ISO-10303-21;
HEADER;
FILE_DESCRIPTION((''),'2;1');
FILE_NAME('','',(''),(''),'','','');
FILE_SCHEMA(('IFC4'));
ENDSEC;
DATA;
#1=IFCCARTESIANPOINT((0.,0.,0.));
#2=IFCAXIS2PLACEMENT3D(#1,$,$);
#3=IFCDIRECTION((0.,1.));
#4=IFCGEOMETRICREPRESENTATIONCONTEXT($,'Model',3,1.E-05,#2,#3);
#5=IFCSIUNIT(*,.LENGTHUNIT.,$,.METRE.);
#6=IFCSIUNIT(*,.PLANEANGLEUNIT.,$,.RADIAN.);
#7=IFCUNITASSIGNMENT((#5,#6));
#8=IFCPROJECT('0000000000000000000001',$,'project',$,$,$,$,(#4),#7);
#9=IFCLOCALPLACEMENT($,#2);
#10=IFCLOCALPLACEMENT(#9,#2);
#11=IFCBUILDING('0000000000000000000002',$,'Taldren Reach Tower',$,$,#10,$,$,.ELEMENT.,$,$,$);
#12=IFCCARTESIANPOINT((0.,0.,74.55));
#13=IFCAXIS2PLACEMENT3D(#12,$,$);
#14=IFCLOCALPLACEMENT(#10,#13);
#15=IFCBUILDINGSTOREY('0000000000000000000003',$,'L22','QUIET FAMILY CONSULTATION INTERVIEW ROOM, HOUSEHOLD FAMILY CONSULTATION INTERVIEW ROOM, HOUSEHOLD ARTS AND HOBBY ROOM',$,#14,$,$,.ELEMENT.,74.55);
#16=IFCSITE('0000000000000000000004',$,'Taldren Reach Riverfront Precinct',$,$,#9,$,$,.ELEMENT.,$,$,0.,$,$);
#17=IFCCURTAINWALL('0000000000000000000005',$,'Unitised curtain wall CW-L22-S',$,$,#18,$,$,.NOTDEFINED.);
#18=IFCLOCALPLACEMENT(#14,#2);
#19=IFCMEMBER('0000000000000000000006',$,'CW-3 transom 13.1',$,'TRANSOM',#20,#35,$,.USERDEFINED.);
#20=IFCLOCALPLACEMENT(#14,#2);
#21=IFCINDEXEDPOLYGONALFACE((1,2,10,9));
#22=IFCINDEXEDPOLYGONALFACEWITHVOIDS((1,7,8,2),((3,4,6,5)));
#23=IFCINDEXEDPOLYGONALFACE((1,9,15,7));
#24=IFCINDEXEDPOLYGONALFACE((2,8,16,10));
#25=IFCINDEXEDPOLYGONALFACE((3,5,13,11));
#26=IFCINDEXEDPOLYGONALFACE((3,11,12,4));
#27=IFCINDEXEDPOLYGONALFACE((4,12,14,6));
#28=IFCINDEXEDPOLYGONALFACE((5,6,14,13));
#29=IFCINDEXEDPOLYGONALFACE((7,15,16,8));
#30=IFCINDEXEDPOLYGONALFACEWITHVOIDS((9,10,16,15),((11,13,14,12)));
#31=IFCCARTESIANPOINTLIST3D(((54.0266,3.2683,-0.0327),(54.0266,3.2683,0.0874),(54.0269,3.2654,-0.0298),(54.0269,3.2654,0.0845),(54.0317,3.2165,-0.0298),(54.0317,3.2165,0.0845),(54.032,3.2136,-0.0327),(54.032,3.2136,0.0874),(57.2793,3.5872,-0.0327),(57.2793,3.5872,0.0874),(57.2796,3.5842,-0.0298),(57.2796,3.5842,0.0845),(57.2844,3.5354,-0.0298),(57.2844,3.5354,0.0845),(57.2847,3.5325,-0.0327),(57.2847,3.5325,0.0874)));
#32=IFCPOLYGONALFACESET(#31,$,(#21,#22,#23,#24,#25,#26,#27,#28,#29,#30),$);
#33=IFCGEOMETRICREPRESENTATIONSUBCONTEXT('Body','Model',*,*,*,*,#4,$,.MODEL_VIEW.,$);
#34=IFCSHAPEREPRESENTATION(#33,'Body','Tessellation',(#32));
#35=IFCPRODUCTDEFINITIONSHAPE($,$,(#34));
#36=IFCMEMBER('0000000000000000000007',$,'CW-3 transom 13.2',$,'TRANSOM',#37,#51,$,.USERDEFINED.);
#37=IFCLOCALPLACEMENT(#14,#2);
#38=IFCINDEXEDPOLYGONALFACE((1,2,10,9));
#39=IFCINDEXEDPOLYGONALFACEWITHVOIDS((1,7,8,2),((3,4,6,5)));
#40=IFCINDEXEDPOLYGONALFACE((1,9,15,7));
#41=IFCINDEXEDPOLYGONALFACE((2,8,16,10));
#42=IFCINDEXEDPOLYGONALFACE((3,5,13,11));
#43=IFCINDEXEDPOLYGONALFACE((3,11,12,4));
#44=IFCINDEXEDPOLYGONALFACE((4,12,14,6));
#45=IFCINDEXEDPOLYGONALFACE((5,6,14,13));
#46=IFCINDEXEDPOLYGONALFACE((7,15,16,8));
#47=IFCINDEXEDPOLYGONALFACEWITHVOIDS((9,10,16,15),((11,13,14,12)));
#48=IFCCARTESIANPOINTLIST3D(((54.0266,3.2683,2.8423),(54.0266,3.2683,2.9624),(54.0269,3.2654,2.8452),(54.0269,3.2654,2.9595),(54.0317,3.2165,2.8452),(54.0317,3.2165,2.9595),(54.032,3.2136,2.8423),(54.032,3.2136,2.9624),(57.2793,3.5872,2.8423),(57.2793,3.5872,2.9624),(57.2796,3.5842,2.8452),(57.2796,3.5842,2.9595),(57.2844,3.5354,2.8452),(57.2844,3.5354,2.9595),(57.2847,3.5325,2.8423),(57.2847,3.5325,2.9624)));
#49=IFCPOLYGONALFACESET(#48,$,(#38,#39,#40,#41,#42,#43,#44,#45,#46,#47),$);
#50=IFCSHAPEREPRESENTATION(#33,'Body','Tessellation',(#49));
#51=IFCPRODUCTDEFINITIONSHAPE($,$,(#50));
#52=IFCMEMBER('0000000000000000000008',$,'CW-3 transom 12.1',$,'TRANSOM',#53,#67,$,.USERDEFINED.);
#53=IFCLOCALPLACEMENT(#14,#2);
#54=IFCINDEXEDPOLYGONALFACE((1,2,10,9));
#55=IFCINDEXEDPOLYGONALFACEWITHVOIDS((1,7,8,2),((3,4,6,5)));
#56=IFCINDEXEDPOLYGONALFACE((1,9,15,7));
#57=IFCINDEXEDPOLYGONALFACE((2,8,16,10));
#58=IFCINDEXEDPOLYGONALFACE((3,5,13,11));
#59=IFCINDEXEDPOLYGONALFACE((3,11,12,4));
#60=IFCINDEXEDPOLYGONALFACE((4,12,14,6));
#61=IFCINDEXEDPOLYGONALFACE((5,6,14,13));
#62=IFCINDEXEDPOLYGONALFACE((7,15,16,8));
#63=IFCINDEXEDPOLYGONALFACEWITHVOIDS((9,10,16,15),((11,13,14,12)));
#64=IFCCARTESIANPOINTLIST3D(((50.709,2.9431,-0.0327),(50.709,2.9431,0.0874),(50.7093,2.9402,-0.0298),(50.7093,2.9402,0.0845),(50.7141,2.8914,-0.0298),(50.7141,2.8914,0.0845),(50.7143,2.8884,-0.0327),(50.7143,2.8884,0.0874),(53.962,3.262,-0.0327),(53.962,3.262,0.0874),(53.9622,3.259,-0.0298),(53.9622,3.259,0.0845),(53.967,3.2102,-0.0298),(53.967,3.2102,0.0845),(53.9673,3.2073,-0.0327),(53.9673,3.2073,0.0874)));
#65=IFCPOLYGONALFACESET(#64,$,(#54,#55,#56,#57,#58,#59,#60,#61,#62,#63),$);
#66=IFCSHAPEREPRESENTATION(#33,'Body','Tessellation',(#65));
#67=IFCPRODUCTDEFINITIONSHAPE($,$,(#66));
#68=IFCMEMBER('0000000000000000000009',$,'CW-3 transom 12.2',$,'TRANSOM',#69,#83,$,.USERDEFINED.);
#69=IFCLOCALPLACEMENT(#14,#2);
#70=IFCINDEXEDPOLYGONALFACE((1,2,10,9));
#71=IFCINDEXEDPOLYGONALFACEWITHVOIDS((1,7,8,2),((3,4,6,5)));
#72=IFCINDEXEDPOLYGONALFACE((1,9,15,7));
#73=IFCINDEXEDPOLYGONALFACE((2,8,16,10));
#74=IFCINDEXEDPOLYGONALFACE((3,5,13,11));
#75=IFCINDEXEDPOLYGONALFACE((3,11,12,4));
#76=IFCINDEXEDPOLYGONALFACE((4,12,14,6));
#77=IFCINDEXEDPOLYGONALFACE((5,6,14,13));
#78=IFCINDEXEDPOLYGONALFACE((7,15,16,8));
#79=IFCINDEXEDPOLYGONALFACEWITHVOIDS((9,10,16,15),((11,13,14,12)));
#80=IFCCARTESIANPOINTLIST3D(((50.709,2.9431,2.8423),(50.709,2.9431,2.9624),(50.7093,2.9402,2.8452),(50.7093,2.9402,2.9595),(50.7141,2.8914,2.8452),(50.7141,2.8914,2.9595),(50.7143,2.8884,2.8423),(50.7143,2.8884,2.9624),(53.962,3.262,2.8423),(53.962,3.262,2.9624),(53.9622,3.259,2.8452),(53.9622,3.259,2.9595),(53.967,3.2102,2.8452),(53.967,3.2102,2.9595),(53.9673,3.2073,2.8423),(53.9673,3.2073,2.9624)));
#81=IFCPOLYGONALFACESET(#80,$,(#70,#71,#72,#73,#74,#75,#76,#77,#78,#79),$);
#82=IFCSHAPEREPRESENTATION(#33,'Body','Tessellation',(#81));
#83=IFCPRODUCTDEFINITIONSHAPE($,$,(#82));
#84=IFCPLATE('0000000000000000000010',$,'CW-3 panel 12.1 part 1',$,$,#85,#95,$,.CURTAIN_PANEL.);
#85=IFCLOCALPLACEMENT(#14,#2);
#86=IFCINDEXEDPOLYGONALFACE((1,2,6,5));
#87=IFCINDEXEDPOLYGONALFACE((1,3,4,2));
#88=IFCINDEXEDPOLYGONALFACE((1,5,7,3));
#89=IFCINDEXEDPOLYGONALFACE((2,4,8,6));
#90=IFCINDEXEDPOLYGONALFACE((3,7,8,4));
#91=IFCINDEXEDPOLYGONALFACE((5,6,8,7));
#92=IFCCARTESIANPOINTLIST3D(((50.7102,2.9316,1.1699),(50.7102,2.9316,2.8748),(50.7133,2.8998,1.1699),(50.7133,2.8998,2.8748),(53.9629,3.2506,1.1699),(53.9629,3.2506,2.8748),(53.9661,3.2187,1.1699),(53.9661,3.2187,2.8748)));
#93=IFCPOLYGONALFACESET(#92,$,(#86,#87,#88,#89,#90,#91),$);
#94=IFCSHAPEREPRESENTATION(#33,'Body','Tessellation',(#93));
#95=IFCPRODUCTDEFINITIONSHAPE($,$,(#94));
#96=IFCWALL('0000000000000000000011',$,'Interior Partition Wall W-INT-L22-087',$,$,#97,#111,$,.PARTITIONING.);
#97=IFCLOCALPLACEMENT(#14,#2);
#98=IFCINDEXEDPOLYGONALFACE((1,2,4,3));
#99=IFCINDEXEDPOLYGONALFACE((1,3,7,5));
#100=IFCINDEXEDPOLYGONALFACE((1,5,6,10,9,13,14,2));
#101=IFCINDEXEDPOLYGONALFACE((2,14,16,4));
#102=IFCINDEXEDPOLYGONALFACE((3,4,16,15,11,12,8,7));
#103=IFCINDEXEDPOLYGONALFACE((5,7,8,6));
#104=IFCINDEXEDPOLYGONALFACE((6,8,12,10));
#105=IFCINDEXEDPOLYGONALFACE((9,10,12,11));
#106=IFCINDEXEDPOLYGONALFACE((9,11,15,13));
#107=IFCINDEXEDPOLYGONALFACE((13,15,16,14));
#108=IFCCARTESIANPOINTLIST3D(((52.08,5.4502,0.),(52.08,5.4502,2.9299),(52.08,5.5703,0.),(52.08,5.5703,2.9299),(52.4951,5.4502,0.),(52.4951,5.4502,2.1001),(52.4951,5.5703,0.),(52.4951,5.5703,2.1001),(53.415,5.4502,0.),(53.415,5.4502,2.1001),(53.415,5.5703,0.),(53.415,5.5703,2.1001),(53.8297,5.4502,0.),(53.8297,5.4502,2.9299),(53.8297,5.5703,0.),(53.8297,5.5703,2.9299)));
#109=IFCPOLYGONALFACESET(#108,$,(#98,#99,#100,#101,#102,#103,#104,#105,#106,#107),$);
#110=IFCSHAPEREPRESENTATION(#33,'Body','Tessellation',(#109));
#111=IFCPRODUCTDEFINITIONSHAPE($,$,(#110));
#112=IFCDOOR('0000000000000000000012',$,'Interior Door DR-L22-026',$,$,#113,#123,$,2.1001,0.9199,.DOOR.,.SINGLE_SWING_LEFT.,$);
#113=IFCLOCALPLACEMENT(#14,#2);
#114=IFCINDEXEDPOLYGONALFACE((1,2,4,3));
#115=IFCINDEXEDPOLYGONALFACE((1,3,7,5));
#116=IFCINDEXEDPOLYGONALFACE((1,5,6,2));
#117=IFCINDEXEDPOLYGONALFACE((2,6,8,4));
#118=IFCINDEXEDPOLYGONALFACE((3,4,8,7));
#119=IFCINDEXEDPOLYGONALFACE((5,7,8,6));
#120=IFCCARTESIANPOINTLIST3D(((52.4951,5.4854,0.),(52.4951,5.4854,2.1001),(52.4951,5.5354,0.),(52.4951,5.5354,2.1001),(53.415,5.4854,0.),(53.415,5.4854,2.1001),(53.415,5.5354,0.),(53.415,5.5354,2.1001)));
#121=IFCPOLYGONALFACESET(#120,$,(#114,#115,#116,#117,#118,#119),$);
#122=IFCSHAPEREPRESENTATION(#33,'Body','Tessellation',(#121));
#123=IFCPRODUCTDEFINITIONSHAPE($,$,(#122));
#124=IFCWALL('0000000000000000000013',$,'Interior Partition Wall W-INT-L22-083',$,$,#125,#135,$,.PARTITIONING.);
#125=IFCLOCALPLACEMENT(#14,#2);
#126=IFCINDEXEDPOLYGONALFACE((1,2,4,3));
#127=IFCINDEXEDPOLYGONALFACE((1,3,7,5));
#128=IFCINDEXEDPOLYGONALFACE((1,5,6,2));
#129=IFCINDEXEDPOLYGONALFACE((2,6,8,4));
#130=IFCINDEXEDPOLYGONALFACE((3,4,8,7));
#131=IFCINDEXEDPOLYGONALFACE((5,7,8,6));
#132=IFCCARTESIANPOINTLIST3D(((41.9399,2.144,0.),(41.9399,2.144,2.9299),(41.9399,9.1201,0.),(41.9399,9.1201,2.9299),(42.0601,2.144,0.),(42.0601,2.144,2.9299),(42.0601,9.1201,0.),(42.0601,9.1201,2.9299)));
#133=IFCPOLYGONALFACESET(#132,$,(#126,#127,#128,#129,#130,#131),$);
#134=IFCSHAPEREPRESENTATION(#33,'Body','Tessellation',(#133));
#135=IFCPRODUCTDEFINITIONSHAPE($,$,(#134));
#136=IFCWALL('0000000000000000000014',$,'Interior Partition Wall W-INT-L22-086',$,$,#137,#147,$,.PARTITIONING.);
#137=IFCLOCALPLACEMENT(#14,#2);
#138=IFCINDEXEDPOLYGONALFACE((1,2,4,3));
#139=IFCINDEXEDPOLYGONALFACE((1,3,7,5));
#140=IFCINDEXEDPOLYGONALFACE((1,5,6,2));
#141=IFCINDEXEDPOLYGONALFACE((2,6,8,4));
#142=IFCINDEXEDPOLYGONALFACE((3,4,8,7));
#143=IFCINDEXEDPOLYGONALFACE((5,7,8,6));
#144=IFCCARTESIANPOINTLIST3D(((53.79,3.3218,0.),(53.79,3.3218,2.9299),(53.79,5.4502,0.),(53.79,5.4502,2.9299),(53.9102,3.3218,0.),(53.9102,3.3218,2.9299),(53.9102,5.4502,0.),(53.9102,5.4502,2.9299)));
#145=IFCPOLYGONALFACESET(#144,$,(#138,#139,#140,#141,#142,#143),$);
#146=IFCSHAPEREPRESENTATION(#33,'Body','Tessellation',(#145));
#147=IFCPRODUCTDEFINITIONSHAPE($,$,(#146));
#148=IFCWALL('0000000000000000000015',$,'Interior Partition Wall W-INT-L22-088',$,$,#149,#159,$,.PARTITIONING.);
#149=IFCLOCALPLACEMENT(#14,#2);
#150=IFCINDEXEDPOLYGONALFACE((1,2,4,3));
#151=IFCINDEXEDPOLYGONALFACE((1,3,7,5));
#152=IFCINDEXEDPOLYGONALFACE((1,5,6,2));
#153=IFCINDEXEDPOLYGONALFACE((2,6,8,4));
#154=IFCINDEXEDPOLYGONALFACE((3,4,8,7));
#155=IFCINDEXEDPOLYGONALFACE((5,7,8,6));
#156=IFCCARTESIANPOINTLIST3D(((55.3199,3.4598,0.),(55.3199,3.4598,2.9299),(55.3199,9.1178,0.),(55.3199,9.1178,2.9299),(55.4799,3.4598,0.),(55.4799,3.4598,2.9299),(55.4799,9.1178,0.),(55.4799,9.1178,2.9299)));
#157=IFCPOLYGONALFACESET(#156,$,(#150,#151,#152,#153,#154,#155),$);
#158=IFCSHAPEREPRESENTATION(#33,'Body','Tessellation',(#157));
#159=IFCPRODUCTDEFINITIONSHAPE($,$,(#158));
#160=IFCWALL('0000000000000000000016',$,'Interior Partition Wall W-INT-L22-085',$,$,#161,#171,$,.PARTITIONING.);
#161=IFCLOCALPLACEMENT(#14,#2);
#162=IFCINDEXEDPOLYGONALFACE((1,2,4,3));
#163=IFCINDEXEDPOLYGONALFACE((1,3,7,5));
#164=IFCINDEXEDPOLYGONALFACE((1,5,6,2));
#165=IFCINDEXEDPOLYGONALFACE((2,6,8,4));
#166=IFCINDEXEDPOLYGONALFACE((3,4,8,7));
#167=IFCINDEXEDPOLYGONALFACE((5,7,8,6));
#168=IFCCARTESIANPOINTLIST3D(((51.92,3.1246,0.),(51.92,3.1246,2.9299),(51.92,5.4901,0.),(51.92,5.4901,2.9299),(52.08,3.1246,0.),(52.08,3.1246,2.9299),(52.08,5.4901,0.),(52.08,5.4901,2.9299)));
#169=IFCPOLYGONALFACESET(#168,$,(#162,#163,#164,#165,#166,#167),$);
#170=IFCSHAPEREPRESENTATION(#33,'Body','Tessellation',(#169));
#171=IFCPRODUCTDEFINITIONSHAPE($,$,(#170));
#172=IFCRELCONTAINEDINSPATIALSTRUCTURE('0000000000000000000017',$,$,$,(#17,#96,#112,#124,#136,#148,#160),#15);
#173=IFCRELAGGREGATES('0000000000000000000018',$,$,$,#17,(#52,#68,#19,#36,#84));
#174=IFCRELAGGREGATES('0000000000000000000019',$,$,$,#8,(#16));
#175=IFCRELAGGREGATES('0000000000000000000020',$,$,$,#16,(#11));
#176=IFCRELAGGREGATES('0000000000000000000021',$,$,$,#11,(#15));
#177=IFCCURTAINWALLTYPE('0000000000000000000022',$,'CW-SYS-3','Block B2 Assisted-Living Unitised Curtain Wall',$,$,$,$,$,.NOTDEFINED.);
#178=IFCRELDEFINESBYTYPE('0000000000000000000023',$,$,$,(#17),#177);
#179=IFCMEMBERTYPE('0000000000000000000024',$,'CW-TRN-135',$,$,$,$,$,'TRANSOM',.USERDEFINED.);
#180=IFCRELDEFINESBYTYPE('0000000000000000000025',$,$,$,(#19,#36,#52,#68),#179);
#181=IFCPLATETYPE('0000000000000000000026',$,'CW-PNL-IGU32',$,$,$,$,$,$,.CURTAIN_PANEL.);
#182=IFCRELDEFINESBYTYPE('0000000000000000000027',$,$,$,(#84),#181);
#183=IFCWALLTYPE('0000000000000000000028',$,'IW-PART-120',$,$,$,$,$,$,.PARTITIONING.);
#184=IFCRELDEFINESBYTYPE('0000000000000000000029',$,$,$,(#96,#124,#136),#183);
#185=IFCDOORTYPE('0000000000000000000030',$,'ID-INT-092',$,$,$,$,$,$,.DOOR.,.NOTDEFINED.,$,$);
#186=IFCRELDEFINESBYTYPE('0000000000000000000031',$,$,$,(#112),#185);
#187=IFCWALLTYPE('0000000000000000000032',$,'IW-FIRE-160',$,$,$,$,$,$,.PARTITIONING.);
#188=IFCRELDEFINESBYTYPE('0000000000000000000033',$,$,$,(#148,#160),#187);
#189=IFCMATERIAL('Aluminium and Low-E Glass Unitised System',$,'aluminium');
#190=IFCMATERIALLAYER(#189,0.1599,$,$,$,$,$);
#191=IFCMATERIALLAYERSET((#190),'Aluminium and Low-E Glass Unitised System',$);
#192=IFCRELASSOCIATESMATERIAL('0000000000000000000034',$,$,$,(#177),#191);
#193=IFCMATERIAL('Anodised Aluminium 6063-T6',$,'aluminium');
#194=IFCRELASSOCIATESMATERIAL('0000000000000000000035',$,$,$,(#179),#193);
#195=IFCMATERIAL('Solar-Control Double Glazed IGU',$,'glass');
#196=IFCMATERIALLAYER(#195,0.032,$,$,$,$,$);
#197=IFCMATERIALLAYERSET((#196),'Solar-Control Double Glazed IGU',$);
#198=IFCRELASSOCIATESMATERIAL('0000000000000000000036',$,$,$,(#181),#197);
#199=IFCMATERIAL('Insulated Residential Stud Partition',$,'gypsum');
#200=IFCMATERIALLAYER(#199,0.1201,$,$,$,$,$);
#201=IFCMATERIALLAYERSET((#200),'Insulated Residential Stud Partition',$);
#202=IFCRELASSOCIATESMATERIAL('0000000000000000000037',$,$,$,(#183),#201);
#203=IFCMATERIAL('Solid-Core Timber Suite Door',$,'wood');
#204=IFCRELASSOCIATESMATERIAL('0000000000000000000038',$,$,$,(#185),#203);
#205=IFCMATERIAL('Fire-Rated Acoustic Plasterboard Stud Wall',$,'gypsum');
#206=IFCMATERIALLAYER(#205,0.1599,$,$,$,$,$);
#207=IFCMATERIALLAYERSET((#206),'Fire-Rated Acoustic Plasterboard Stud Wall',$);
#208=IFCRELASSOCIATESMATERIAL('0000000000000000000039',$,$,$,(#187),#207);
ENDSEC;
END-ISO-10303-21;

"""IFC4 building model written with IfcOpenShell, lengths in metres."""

from ifc_helpers import new_model, si_unit, direction, frame, frame_2d, origin, origin_2d, place, context, subcontext, project, spatial, rectangle, hollow_rectangle, extrude, source, transform, mapped, material, layer, layer_set, material_profile, profile_set, type_object, element, fill, aggregate, save


model = new_model("IFC4")

# Units and contexts
model_context = context("Model", 3, precision=1e-05, world=origin(), true_north=direction((0.0, 1.0)))
body_context = subcontext(model_context, "Body", "Model", "MODEL_VIEW")
ifc_project = project(units=[si_unit("LENGTHUNIT", "METRE"), si_unit("PLANEANGLEUNIT", "RADIAN")], contexts=[model_context])

# Site, building, storey
site_placement = place(None, origin())
site = spatial("IfcSite", under=ifc_project, at=site_placement, Name="Taldren Reach Riverfront Precinct", CompositionType="ELEMENT", RefElevation=0.0)
building_placement = place(site_placement, origin())
building = spatial("IfcBuilding", under=site, at=building_placement, Name="Taldren Reach Tower", CompositionType="ELEMENT")
storey_placement = place(building_placement, frame((0.0, 0.0, 74.55)))
storey = spatial("IfcBuildingStorey", under=building, at=storey_placement, Name="L22", Description="QUIET FAMILY CONSULTATION INTERVIEW ROOM, HOUSEHOLD FAMILY CONSULTATION INTERVIEW ROOM, HOUSEHOLD ARTS AND HOBBY ROOM", CompositionType="ELEMENT", Elevation=74.55)

# Curtain wall, members, plate
ifc_material_1 = material(Name="Aluminium and Low-E Glass Unitised System", Category="aluminium")
ifc_layer_1 = layer(ifc_material_1, 0.1599)
ifc_layer_set_1 = layer_set([ifc_layer_1], Name="Aluminium and Low-E Glass Unitised System")
curtain_wall_type = type_object("IfcCurtainWallType", Name="CW-SYS-3", Description="Block B2 Assisted-Living Unitised Curtain Wall", PredefinedType="NOTDEFINED", material=ifc_layer_set_1)
curtain_wall_placement = place(storey_placement, origin())
curtain_wall = element("IfcCurtainWall", 1, at=curtain_wall_placement, inside=storey, type_object=curtain_wall_type, Name="Unitised curtain wall CW-L22-S", PredefinedType="NOTDEFINED")
ifc_material_2 = material(Name="Anodised Aluminium 6063-T6", Category="aluminium")
ifc_material_profile_1 = material_profile(ifc_material_2, hollow_rectangle(XDim=0.0549, YDim=0.1201, WallThickness=0.0029, at=origin_2d()), Name="ALU-120x55x3RHS")
ifc_profile_set_1 = profile_set([ifc_material_profile_1], Name="Anodised Aluminium 6063-T6")
member_type_1 = type_object("IfcMemberType", Name="CW-TRN-135", ElementType="TRANSOM", PredefinedType="USERDEFINED", material=ifc_profile_set_1)
shared_shape_1 = source(origin(), body_context, "Body", "SweptSolid", [
    extrude(hollow_rectangle(XDim=0.0549, YDim=0.1201, WallThickness=0.0029, at=origin_2d()), origin(), (0.0, 0.0, 1.0), 3.2683),
])
member_1_placement = place(storey_placement, frame((54.0293, 3.241, 0.0273), z_axis=(0.99523, 0.097558, 0.0), x_axis=(-0.097558, 0.99523, 0.0)))
member_1 = element("IfcMember", 2, at=member_1_placement, type_object=member_type_1, Name="CW-3 transom 13.1", ObjectType="TRANSOM", PredefinedType="USERDEFINED", context=body_context, shape_type="MappedRepresentation", body=[
    mapped(shared_shape_1, transform((0.0, 0.0, 0.0), scale=1.0)),
])
member_2_placement = place(storey_placement, frame((54.0293, 3.241, 2.9023), z_axis=(0.99523, 0.097558, 0.0), x_axis=(-0.097558, 0.99523, 0.0)))
member_2 = element("IfcMember", 3, at=member_2_placement, type_object=member_type_1, Name="CW-3 transom 13.2", ObjectType="TRANSOM", PredefinedType="USERDEFINED", context=body_context, shape_type="MappedRepresentation", body=[
    mapped(shared_shape_1, transform((0.0, 0.0, 0.0), scale=1.0)),
])
shared_shape_2 = source(origin(), body_context, "Body", "SweptSolid", [
    extrude(hollow_rectangle(XDim=0.0549, YDim=0.1201, WallThickness=0.0029, at=origin_2d()), origin(), (0.0, 0.0, 1.0), 3.2686),
])
member_3_placement = place(storey_placement, frame((50.7117, 2.9158, 0.0273), z_axis=(0.995231, 0.097551, 0.0), x_axis=(-0.097551, 0.995231, 0.0)))
member_3 = element("IfcMember", 4, at=member_3_placement, type_object=member_type_1, Name="CW-3 transom 12.1", ObjectType="TRANSOM", PredefinedType="USERDEFINED", context=body_context, shape_type="MappedRepresentation", body=[
    mapped(shared_shape_2, transform((0.0, 0.0, 0.0), scale=1.0)),
])
member_4_placement = place(storey_placement, frame((50.7117, 2.9158, 2.9023), z_axis=(0.995231, 0.097551, 0.0), x_axis=(-0.097551, 0.995231, 0.0)))
member_4 = element("IfcMember", 5, at=member_4_placement, type_object=member_type_1, Name="CW-3 transom 12.2", ObjectType="TRANSOM", PredefinedType="USERDEFINED", context=body_context, shape_type="MappedRepresentation", body=[
    mapped(shared_shape_2, transform((0.0, 0.0, 0.0), scale=1.0)),
])
ifc_material_3 = material(Name="Solar-Control Double Glazed IGU", Category="glass")
ifc_layer_2 = layer(ifc_material_3, 0.032)
ifc_layer_set_2 = layer_set([ifc_layer_2], Name="Solar-Control Double Glazed IGU")
plate_type = type_object("IfcPlateType", Name="CW-PNL-IGU32", PredefinedType="CURTAIN_PANEL", material=ifc_layer_set_2)
shared_shape_3 = source(origin(), body_context, "Body", "SweptSolid", [
    extrude(rectangle(XDim=3.2683, YDim=0.032, at=origin_2d()), origin(), (0.0, 0.0, 1.0), 1.7048),
])
plate_placement = place(storey_placement, frame((52.3381, 3.0752, 1.1699), z_axis=(0.0, 0.0, 1.0), x_axis=(0.995227, 0.097583, 0.0)))
plate = element("IfcPlate", 6, at=plate_placement, type_object=plate_type, Name="CW-3 panel 12.1 part 1", PredefinedType="CURTAIN_PANEL", context=body_context, shape_type="MappedRepresentation", body=[
    mapped(shared_shape_3, transform((0.0, 0.0, 0.0), scale=1.0)),
])
aggregate(curtain_wall, [member_3, member_4, member_1, member_2, plate])

# Wall, opening, door
ifc_material_4 = material(Name="Insulated Residential Stud Partition", Category="gypsum")
ifc_layer_3 = layer(ifc_material_4, 0.1201)
ifc_layer_set_3 = layer_set([ifc_layer_3], Name="Insulated Residential Stud Partition")
wall_type_1 = type_object("IfcWallType", Name="IW-PART-120", PredefinedType="PARTITIONING", material=ifc_layer_set_3)
shared_shape_4 = source(origin(), body_context, "Body", "SweptSolid", [
    extrude(rectangle(XDim=1.7498, YDim=0.1201, at=frame_2d((0.875, 0.0))), origin(), (0.0, 0.0, 1.0), 2.9299),
])
wall_1_placement = place(storey_placement, frame((53.8298, 5.5103, 0.0), z_axis=(0.0, 0.0, 1.0), x_axis=(-1.0, 0.0, 0.0)))
wall_1 = element("IfcWall", 7, at=wall_1_placement, inside=storey, type_object=wall_type_1, Name="Interior Partition Wall W-INT-L22-087", PredefinedType="PARTITIONING", context=body_context, shape_type="MappedRepresentation", body=[
    mapped(shared_shape_4, transform((0.0, 0.0, 0.0), scale=1.0)),
])
shared_shape_5 = source(origin(), body_context, "Body", "SweptSolid", [
    extrude(rectangle(XDim=0.9199, YDim=2.1001, at=frame_2d((0.46, 1.05))), frame((0.0, 0.0701, 0.0), z_axis=(0.0, -1.0, 0.0), x_axis=(1.0, 0.0, 0.0)), (0.0, 0.0, 1.0), 0.1401),
])
opening_placement = place(wall_1_placement, frame((0.4148, 0.0, 0.0)))
opening = element("IfcOpeningElement", 8, at=opening_placement, cuts=wall_1, PredefinedType="OPENING", context=body_context, shape_type="MappedRepresentation", body=[
    mapped(shared_shape_5, transform((0.0, 0.0, 0.0), scale=1.0)),
])
ifc_material_5 = material(Name="Solid-Core Timber Suite Door", Category="wood")
door_type = type_object("IfcDoorType", Name="ID-INT-092", OperationType="NOTDEFINED", PredefinedType="DOOR", material=ifc_material_5)
shared_shape_6 = source(origin(), body_context, "Body", "SweptSolid", [
    extrude(rectangle(XDim=0.9199, YDim=2.1001, at=frame_2d((0.46, 1.05))), frame((0.0, 0.0249, 0.0), z_axis=(0.0, -1.0, 0.0), x_axis=(1.0, 0.0, 0.0)), (0.0, 0.0, 1.0), 0.05),
])
door_placement = place(opening_placement, origin())
door = element("IfcDoor", 9, at=door_placement, inside=storey, type_object=door_type, Name="Interior Door DR-L22-026", OperationType="SINGLE_SWING_LEFT", OverallHeight=2.1001, OverallWidth=0.9199, PredefinedType="DOOR", context=body_context, shape_type="MappedRepresentation", body=[
    mapped(shared_shape_6, transform((0.0, 0.0, 0.0), scale=1.0)),
])
fill(opening, door)

# Walls
shared_shape_7 = source(origin(), body_context, "Body", "SweptSolid", [
    extrude(rectangle(XDim=6.9761, YDim=0.1201, at=frame_2d((3.488, 0.0))), origin(), (0.0, 0.0, 1.0), 2.9299),
])
wall_2_placement = place(storey_placement, frame((42.0, 9.1201, 0.0), z_axis=(0.0, 0.0, 1.0), x_axis=(0.0, -1.0, 0.0)))
element("IfcWall", 10, at=wall_2_placement, inside=storey, type_object=wall_type_1, Name="Interior Partition Wall W-INT-L22-083", PredefinedType="PARTITIONING", context=body_context, shape_type="MappedRepresentation", body=[
    mapped(shared_shape_7, transform((0.0, 0.0, 0.0), scale=1.0)),
])
shared_shape_8 = source(origin(), body_context, "Body", "SweptSolid", [
    extrude(rectangle(XDim=2.1284, YDim=0.1201, at=frame_2d((1.0642, 0.0))), origin(), (0.0, 0.0, 1.0), 2.9299),
])
wall_3_placement = place(storey_placement, frame((53.8501, 3.3218, 0.0), z_axis=(0.0, 0.0, 1.0), x_axis=(0.0, 1.0, 0.0)))
element("IfcWall", 11, at=wall_3_placement, inside=storey, type_object=wall_type_1, Name="Interior Partition Wall W-INT-L22-086", PredefinedType="PARTITIONING", context=body_context, shape_type="MappedRepresentation", body=[
    mapped(shared_shape_8, transform((0.0, 0.0, 0.0), scale=1.0)),
])
ifc_material_6 = material(Name="Fire-Rated Acoustic Plasterboard Stud Wall", Category="gypsum")
ifc_layer_4 = layer(ifc_material_6, 0.1599)
ifc_layer_set_4 = layer_set([ifc_layer_4], Name="Fire-Rated Acoustic Plasterboard Stud Wall")
wall_type_2 = type_object("IfcWallType", Name="IW-FIRE-160", PredefinedType="PARTITIONING", material=ifc_layer_set_4)
shared_shape_9 = source(origin(), body_context, "Body", "SweptSolid", [
    extrude(rectangle(XDim=5.658, YDim=0.1599, at=frame_2d((2.8291, 0.0))), origin(), (0.0, 0.0, 1.0), 2.9299),
])
wall_4_placement = place(storey_placement, frame((55.3999, 9.1179, 0.0), z_axis=(0.0, 0.0, 1.0), x_axis=(0.0, -1.0, 0.0)))
element("IfcWall", 12, at=wall_4_placement, inside=storey, type_object=wall_type_2, Name="Interior Partition Wall W-INT-L22-088", PredefinedType="PARTITIONING", context=body_context, shape_type="MappedRepresentation", body=[
    mapped(shared_shape_9, transform((0.0, 0.0, 0.0), scale=1.0)),
])
shared_shape_10 = source(origin(), body_context, "Body", "SweptSolid", [
    extrude(rectangle(XDim=2.3655, YDim=0.1599, at=frame_2d((1.1826, 0.0))), origin(), (0.0, 0.0, 1.0), 2.9299),
])
wall_5_placement = place(storey_placement, frame((52.0, 5.49, 0.0), z_axis=(0.0, 0.0, 1.0), x_axis=(0.0, -1.0, 0.0)))
element("IfcWall", 13, at=wall_5_placement, inside=storey, type_object=wall_type_2, Name="Interior Partition Wall W-INT-L22-085", PredefinedType="PARTITIONING", context=body_context, shape_type="MappedRepresentation", body=[
    mapped(shared_shape_10, transform((0.0, 0.0, 0.0), scale=1.0)),
])

save(model, "model.ifc")
